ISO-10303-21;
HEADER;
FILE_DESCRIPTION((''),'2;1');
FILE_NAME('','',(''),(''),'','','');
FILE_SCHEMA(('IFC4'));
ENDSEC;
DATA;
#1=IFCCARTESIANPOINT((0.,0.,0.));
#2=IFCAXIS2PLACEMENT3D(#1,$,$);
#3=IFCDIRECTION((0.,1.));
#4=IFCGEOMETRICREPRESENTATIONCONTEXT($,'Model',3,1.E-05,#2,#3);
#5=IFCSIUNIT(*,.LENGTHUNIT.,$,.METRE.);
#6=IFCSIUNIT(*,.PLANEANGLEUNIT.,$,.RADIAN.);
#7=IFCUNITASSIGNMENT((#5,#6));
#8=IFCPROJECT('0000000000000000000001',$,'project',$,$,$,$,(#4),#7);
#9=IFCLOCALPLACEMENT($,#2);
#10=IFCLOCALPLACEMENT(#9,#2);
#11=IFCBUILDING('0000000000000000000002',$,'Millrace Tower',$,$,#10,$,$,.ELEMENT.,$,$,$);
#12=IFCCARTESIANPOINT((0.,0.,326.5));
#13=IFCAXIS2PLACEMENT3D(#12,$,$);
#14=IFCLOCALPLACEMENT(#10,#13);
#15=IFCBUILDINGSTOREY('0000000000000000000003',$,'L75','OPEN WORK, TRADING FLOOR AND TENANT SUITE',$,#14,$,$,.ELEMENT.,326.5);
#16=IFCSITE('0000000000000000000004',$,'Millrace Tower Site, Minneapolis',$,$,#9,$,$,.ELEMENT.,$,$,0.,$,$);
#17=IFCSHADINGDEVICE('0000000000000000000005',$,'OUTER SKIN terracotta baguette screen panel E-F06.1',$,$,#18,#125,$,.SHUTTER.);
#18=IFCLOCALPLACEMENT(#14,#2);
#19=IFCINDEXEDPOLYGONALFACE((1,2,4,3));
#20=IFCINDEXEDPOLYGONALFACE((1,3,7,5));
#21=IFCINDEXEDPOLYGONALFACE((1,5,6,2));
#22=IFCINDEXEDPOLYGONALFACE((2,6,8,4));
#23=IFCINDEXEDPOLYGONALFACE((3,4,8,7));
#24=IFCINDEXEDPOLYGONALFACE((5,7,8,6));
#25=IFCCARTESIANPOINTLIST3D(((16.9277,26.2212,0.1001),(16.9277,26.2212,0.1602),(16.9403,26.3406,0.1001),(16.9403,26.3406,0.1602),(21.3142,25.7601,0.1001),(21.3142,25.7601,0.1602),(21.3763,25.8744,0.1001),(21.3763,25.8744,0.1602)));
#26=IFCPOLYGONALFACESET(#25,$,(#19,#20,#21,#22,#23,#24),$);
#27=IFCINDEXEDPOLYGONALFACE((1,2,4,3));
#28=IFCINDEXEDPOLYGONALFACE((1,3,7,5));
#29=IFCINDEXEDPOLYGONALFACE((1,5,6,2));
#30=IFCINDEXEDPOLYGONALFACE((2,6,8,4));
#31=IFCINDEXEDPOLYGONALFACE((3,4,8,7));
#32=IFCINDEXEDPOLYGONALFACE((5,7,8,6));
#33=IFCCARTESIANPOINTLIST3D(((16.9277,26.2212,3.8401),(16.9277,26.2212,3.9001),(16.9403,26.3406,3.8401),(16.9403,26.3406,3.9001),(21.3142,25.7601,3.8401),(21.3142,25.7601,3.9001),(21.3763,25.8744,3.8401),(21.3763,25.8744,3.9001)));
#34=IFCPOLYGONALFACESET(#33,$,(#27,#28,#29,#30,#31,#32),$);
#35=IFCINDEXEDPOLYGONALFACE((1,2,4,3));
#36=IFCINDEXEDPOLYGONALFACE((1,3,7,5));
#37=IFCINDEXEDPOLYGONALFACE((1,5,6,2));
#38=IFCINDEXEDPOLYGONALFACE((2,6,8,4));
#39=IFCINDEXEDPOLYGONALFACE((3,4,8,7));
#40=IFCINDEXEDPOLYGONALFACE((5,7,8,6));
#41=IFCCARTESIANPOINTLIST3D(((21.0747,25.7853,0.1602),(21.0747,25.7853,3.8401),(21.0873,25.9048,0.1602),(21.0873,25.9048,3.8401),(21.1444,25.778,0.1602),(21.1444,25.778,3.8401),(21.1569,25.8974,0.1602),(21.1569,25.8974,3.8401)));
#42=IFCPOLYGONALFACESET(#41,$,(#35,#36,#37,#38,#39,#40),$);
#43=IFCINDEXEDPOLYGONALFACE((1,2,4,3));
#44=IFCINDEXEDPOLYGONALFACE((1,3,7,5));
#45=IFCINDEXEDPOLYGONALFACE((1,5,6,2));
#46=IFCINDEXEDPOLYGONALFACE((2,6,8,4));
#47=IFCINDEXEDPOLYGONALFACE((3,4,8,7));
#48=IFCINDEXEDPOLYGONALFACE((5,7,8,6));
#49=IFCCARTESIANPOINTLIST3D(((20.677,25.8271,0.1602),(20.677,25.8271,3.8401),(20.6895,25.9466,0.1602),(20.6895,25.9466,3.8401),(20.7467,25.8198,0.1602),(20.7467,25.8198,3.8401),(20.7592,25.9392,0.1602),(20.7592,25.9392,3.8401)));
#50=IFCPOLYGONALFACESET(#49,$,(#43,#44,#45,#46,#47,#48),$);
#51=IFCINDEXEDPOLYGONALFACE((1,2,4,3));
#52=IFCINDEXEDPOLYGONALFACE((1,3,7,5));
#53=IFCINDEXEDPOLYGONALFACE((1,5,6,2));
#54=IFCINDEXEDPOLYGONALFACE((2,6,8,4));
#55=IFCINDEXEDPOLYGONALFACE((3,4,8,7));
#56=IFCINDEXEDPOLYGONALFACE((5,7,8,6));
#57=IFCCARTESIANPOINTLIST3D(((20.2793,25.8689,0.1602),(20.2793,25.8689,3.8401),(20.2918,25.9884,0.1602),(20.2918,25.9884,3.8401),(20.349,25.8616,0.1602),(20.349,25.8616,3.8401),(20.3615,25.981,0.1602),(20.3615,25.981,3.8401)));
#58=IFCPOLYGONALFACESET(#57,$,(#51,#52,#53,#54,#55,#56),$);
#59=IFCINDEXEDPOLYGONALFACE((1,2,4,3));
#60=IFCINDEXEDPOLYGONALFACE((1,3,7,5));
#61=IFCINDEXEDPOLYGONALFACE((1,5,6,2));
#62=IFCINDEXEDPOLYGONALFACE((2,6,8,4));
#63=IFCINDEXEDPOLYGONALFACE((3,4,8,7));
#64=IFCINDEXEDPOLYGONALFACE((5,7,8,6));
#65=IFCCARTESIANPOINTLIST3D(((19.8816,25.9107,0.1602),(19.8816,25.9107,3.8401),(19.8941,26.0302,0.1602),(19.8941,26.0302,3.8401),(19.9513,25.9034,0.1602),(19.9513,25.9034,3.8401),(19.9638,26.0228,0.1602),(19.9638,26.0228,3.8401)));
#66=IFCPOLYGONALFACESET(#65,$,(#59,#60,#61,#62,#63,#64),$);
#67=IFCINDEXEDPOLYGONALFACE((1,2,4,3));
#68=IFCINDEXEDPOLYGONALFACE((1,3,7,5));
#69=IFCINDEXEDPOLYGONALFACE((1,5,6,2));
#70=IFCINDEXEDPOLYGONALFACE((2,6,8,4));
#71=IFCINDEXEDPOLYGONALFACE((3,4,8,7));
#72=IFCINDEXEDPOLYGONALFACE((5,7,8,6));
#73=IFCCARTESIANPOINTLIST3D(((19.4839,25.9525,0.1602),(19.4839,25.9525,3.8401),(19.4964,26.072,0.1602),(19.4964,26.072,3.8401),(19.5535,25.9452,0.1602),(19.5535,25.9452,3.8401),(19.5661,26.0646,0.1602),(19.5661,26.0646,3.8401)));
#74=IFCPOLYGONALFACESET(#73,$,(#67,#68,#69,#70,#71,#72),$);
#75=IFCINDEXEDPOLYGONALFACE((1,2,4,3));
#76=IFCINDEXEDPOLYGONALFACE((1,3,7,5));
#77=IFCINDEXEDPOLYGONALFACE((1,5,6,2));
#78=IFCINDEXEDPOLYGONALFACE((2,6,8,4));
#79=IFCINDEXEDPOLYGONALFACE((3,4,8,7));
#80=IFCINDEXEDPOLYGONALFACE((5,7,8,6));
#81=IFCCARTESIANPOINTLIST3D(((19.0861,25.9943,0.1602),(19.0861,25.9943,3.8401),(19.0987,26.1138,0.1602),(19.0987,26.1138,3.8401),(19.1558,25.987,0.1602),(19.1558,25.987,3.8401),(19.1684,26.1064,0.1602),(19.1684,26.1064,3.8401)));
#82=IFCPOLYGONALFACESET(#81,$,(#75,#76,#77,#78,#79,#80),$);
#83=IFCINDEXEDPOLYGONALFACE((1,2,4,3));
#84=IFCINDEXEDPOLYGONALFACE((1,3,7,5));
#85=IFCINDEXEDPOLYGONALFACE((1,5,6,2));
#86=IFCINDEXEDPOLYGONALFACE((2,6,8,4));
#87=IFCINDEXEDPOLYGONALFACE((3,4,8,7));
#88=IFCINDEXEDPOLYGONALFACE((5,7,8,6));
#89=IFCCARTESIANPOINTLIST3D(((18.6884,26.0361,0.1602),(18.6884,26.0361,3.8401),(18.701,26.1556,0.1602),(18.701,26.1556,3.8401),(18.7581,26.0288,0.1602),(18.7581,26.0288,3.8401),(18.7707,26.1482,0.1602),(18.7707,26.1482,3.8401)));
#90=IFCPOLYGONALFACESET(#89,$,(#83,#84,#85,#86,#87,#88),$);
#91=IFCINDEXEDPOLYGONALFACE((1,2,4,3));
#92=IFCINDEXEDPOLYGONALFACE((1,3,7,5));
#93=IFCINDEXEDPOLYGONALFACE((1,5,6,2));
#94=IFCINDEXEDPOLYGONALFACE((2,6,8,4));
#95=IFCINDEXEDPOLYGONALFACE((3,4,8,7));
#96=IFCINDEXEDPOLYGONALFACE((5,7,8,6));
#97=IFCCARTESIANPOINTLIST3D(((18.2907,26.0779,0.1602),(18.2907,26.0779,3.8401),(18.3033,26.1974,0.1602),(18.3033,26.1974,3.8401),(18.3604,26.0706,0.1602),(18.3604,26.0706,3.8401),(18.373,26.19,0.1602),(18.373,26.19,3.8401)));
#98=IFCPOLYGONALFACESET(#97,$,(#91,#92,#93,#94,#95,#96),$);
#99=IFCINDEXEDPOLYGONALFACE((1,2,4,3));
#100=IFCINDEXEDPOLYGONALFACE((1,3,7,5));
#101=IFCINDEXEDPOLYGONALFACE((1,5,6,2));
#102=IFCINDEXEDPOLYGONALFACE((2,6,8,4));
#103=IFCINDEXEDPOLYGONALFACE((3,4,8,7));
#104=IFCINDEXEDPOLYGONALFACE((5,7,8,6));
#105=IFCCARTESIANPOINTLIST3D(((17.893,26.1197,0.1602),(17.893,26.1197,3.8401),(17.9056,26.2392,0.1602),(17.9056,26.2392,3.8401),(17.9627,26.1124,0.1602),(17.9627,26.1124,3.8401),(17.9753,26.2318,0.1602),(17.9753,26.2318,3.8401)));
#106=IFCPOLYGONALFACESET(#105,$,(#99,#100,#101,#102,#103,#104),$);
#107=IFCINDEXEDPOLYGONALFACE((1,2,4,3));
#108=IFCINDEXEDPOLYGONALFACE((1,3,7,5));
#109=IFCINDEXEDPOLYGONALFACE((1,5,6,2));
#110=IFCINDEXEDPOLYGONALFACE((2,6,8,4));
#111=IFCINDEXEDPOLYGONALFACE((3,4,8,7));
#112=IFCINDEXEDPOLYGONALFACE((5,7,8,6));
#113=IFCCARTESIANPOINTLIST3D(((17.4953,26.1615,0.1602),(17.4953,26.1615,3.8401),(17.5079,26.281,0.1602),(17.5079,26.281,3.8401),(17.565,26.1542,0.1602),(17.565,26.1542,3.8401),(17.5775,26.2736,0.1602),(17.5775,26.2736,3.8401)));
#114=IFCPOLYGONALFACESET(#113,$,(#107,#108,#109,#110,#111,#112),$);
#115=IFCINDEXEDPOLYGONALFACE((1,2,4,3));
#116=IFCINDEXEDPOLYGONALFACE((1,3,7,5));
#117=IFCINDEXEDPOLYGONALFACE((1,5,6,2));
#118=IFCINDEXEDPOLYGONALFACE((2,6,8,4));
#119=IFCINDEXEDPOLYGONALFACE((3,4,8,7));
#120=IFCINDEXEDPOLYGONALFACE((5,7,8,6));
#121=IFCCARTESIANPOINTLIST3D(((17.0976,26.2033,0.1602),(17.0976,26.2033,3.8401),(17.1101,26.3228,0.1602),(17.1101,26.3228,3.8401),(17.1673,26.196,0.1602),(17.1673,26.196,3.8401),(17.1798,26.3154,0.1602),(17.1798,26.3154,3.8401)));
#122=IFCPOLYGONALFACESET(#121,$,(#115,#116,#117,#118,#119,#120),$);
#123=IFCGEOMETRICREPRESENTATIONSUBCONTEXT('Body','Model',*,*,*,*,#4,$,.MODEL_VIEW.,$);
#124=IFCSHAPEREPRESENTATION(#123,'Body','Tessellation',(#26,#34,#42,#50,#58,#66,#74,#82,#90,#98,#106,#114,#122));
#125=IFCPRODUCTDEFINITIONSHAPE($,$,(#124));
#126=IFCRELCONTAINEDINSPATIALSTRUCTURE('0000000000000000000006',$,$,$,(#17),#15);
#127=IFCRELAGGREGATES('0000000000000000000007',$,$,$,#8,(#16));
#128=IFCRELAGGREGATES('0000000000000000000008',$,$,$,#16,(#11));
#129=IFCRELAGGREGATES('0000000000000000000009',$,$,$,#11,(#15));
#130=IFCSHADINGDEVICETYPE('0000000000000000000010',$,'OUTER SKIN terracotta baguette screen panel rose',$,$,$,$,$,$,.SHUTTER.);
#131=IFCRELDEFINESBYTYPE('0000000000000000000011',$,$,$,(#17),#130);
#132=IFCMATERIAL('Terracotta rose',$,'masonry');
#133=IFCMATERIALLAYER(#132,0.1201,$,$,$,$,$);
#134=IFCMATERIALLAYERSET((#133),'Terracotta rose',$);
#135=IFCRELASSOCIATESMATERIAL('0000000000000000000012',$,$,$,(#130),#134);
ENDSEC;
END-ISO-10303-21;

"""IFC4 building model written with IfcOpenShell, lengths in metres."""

from ifc_helpers import new_model, entity, si_unit, direction, frame, frame_2d, origin, place, context, subcontext, project, spatial, rectangle, extrude, source, transform, mapped, material, layer, layer_set, type_object, element, save


model = new_model("IFC4")

# Units and contexts
model_context = context("Model", 3, precision=1e-05, world=origin(), true_north=direction((0.0, 1.0)))
body_context = subcontext(model_context, "Body", "Model", "MODEL_VIEW")
ifc_project = project(units=[si_unit("LENGTHUNIT", "METRE"), si_unit("PLANEANGLEUNIT", "RADIAN")], contexts=[model_context])

# Site, building, storey
site_placement = place(None, origin())
site = spatial("IfcSite", under=ifc_project, at=site_placement, Name="Millrace Tower Site, Minneapolis", CompositionType="ELEMENT", RefElevation=0.0)
building_placement = place(site_placement, origin())
building = spatial("IfcBuilding", under=site, at=building_placement, Name="Millrace Tower", CompositionType="ELEMENT")
storey_placement = place(building_placement, frame((0.0, 0.0, 326.5)))
storey = spatial("IfcBuildingStorey", under=building, at=storey_placement, Name="L75", Description="OPEN WORK, TRADING FLOOR AND TENANT SUITE", CompositionType="ELEMENT", Elevation=326.5)

# Shading device
ifc_material_1 = material(Name="Terracotta rose", Category="masonry")
ifc_layer_1 = layer(ifc_material_1, 0.1201)
ifc_layer_set_1 = layer_set([ifc_layer_1], Name="Terracotta rose")
shading_device_type = type_object("IfcShadingDeviceType", Name="OUTER SKIN terracotta baguette screen panel rose", PredefinedType="SHUTTER", material=ifc_layer_set_1)
cartesian_point_1 = entity("IfcCartesianPoint", [-2.1929, 0.0601])
shared_polyline_1 = entity("IfcPolyline", [cartesian_point_1, entity("IfcCartesianPoint", [2.2178, 0.0601]), entity("IfcCartesianPoint", [2.2178, -0.0601]), entity("IfcCartesianPoint", [-2.2427, -0.0601]), cartesian_point_1])
shared_shape_1 = source(origin(), body_context, "Body", "SweptSolid", [
    entity("IfcExtrudedAreaSolid", entity("IfcArbitraryClosedProfileDef", "AREA", None, shared_polyline_1), entity("IfcAxis2Placement3D", entity("IfcCartesianPoint", [0.0, 0.0, 0.0])), entity("IfcDirection", [0.0, 0.0, 1.0]), 0.0601),
    entity("IfcExtrudedAreaSolid", entity("IfcArbitraryClosedProfileDef", "AREA", None, shared_polyline_1), entity("IfcAxis2Placement3D", entity("IfcCartesianPoint", [0.0, 0.0, 3.74])), entity("IfcDirection", [0.0, 0.0, 1.0]), 0.0601),
    extrude(rectangle(XDim=0.0701, YDim=0.1201, at=frame_2d((-1.9871, 0.0))), frame((0.0, 0.0, 0.0601)), (0.0, 0.0, 1.0), 3.6799),
    extrude(rectangle(XDim=0.0701, YDim=0.1201, at=frame_2d((-1.5872, 0.0))), frame((0.0, 0.0, 0.0601)), (0.0, 0.0, 1.0), 3.6799),
    extrude(rectangle(XDim=0.0701, YDim=0.1201, at=frame_2d((-1.1873, 0.0))), frame((0.0, 0.0, 0.0601)), (0.0, 0.0, 1.0), 3.6799),
    extrude(rectangle(XDim=0.0701, YDim=0.1201, at=frame_2d((-0.7874, 0.0))), frame((0.0, 0.0, 0.0601)), (0.0, 0.0, 1.0), 3.6799),
    extrude(rectangle(XDim=0.0701, YDim=0.1201, at=frame_2d((-0.3875, 0.0))), frame((0.0, 0.0, 0.0601)), (0.0, 0.0, 1.0), 3.6799),
    extrude(rectangle(XDim=0.0701, YDim=0.1201, at=frame_2d((0.0125, 0.0))), frame((0.0, 0.0, 0.0601)), (0.0, 0.0, 1.0), 3.6799),
    extrude(rectangle(XDim=0.0701, YDim=0.1201, at=frame_2d((0.4124, 0.0))), frame((0.0, 0.0, 0.0601)), (0.0, 0.0, 1.0), 3.6799),
    extrude(rectangle(XDim=0.0701, YDim=0.1201, at=frame_2d((0.8123, 0.0))), frame((0.0, 0.0, 0.0601)), (0.0, 0.0, 1.0), 3.6799),
    extrude(rectangle(XDim=0.0701, YDim=0.1201, at=frame_2d((1.2122, 0.0))), frame((0.0, 0.0, 0.0601)), (0.0, 0.0, 1.0), 3.6799),
    extrude(rectangle(XDim=0.0701, YDim=0.1201, at=frame_2d((1.6121, 0.0))), frame((0.0, 0.0, 0.0601)), (0.0, 0.0, 1.0), 3.6799),
    extrude(rectangle(XDim=0.0701, YDim=0.1201, at=frame_2d((2.012, 0.0))), frame((0.0, 0.0, 0.0601)), (0.0, 0.0, 1.0), 3.6799),
])
shading_device_1_placement = place(storey_placement, frame((19.1396, 26.0491, 0.1001), z_axis=(0.0, 0.0, 1.0), x_axis=(-0.994522, 0.104528, 0.0)))
element("IfcShadingDevice", 1, at=shading_device_1_placement, inside=storey, type_object=shading_device_type, Name="OUTER SKIN terracotta baguette screen panel E-F06.1", PredefinedType="SHUTTER", context=body_context, shape_type="MappedRepresentation", body=[
    mapped(shared_shape_1, transform((0.0, 0.0, 0.0), scale=1.0)),
])

save(model, "model.ifc")
